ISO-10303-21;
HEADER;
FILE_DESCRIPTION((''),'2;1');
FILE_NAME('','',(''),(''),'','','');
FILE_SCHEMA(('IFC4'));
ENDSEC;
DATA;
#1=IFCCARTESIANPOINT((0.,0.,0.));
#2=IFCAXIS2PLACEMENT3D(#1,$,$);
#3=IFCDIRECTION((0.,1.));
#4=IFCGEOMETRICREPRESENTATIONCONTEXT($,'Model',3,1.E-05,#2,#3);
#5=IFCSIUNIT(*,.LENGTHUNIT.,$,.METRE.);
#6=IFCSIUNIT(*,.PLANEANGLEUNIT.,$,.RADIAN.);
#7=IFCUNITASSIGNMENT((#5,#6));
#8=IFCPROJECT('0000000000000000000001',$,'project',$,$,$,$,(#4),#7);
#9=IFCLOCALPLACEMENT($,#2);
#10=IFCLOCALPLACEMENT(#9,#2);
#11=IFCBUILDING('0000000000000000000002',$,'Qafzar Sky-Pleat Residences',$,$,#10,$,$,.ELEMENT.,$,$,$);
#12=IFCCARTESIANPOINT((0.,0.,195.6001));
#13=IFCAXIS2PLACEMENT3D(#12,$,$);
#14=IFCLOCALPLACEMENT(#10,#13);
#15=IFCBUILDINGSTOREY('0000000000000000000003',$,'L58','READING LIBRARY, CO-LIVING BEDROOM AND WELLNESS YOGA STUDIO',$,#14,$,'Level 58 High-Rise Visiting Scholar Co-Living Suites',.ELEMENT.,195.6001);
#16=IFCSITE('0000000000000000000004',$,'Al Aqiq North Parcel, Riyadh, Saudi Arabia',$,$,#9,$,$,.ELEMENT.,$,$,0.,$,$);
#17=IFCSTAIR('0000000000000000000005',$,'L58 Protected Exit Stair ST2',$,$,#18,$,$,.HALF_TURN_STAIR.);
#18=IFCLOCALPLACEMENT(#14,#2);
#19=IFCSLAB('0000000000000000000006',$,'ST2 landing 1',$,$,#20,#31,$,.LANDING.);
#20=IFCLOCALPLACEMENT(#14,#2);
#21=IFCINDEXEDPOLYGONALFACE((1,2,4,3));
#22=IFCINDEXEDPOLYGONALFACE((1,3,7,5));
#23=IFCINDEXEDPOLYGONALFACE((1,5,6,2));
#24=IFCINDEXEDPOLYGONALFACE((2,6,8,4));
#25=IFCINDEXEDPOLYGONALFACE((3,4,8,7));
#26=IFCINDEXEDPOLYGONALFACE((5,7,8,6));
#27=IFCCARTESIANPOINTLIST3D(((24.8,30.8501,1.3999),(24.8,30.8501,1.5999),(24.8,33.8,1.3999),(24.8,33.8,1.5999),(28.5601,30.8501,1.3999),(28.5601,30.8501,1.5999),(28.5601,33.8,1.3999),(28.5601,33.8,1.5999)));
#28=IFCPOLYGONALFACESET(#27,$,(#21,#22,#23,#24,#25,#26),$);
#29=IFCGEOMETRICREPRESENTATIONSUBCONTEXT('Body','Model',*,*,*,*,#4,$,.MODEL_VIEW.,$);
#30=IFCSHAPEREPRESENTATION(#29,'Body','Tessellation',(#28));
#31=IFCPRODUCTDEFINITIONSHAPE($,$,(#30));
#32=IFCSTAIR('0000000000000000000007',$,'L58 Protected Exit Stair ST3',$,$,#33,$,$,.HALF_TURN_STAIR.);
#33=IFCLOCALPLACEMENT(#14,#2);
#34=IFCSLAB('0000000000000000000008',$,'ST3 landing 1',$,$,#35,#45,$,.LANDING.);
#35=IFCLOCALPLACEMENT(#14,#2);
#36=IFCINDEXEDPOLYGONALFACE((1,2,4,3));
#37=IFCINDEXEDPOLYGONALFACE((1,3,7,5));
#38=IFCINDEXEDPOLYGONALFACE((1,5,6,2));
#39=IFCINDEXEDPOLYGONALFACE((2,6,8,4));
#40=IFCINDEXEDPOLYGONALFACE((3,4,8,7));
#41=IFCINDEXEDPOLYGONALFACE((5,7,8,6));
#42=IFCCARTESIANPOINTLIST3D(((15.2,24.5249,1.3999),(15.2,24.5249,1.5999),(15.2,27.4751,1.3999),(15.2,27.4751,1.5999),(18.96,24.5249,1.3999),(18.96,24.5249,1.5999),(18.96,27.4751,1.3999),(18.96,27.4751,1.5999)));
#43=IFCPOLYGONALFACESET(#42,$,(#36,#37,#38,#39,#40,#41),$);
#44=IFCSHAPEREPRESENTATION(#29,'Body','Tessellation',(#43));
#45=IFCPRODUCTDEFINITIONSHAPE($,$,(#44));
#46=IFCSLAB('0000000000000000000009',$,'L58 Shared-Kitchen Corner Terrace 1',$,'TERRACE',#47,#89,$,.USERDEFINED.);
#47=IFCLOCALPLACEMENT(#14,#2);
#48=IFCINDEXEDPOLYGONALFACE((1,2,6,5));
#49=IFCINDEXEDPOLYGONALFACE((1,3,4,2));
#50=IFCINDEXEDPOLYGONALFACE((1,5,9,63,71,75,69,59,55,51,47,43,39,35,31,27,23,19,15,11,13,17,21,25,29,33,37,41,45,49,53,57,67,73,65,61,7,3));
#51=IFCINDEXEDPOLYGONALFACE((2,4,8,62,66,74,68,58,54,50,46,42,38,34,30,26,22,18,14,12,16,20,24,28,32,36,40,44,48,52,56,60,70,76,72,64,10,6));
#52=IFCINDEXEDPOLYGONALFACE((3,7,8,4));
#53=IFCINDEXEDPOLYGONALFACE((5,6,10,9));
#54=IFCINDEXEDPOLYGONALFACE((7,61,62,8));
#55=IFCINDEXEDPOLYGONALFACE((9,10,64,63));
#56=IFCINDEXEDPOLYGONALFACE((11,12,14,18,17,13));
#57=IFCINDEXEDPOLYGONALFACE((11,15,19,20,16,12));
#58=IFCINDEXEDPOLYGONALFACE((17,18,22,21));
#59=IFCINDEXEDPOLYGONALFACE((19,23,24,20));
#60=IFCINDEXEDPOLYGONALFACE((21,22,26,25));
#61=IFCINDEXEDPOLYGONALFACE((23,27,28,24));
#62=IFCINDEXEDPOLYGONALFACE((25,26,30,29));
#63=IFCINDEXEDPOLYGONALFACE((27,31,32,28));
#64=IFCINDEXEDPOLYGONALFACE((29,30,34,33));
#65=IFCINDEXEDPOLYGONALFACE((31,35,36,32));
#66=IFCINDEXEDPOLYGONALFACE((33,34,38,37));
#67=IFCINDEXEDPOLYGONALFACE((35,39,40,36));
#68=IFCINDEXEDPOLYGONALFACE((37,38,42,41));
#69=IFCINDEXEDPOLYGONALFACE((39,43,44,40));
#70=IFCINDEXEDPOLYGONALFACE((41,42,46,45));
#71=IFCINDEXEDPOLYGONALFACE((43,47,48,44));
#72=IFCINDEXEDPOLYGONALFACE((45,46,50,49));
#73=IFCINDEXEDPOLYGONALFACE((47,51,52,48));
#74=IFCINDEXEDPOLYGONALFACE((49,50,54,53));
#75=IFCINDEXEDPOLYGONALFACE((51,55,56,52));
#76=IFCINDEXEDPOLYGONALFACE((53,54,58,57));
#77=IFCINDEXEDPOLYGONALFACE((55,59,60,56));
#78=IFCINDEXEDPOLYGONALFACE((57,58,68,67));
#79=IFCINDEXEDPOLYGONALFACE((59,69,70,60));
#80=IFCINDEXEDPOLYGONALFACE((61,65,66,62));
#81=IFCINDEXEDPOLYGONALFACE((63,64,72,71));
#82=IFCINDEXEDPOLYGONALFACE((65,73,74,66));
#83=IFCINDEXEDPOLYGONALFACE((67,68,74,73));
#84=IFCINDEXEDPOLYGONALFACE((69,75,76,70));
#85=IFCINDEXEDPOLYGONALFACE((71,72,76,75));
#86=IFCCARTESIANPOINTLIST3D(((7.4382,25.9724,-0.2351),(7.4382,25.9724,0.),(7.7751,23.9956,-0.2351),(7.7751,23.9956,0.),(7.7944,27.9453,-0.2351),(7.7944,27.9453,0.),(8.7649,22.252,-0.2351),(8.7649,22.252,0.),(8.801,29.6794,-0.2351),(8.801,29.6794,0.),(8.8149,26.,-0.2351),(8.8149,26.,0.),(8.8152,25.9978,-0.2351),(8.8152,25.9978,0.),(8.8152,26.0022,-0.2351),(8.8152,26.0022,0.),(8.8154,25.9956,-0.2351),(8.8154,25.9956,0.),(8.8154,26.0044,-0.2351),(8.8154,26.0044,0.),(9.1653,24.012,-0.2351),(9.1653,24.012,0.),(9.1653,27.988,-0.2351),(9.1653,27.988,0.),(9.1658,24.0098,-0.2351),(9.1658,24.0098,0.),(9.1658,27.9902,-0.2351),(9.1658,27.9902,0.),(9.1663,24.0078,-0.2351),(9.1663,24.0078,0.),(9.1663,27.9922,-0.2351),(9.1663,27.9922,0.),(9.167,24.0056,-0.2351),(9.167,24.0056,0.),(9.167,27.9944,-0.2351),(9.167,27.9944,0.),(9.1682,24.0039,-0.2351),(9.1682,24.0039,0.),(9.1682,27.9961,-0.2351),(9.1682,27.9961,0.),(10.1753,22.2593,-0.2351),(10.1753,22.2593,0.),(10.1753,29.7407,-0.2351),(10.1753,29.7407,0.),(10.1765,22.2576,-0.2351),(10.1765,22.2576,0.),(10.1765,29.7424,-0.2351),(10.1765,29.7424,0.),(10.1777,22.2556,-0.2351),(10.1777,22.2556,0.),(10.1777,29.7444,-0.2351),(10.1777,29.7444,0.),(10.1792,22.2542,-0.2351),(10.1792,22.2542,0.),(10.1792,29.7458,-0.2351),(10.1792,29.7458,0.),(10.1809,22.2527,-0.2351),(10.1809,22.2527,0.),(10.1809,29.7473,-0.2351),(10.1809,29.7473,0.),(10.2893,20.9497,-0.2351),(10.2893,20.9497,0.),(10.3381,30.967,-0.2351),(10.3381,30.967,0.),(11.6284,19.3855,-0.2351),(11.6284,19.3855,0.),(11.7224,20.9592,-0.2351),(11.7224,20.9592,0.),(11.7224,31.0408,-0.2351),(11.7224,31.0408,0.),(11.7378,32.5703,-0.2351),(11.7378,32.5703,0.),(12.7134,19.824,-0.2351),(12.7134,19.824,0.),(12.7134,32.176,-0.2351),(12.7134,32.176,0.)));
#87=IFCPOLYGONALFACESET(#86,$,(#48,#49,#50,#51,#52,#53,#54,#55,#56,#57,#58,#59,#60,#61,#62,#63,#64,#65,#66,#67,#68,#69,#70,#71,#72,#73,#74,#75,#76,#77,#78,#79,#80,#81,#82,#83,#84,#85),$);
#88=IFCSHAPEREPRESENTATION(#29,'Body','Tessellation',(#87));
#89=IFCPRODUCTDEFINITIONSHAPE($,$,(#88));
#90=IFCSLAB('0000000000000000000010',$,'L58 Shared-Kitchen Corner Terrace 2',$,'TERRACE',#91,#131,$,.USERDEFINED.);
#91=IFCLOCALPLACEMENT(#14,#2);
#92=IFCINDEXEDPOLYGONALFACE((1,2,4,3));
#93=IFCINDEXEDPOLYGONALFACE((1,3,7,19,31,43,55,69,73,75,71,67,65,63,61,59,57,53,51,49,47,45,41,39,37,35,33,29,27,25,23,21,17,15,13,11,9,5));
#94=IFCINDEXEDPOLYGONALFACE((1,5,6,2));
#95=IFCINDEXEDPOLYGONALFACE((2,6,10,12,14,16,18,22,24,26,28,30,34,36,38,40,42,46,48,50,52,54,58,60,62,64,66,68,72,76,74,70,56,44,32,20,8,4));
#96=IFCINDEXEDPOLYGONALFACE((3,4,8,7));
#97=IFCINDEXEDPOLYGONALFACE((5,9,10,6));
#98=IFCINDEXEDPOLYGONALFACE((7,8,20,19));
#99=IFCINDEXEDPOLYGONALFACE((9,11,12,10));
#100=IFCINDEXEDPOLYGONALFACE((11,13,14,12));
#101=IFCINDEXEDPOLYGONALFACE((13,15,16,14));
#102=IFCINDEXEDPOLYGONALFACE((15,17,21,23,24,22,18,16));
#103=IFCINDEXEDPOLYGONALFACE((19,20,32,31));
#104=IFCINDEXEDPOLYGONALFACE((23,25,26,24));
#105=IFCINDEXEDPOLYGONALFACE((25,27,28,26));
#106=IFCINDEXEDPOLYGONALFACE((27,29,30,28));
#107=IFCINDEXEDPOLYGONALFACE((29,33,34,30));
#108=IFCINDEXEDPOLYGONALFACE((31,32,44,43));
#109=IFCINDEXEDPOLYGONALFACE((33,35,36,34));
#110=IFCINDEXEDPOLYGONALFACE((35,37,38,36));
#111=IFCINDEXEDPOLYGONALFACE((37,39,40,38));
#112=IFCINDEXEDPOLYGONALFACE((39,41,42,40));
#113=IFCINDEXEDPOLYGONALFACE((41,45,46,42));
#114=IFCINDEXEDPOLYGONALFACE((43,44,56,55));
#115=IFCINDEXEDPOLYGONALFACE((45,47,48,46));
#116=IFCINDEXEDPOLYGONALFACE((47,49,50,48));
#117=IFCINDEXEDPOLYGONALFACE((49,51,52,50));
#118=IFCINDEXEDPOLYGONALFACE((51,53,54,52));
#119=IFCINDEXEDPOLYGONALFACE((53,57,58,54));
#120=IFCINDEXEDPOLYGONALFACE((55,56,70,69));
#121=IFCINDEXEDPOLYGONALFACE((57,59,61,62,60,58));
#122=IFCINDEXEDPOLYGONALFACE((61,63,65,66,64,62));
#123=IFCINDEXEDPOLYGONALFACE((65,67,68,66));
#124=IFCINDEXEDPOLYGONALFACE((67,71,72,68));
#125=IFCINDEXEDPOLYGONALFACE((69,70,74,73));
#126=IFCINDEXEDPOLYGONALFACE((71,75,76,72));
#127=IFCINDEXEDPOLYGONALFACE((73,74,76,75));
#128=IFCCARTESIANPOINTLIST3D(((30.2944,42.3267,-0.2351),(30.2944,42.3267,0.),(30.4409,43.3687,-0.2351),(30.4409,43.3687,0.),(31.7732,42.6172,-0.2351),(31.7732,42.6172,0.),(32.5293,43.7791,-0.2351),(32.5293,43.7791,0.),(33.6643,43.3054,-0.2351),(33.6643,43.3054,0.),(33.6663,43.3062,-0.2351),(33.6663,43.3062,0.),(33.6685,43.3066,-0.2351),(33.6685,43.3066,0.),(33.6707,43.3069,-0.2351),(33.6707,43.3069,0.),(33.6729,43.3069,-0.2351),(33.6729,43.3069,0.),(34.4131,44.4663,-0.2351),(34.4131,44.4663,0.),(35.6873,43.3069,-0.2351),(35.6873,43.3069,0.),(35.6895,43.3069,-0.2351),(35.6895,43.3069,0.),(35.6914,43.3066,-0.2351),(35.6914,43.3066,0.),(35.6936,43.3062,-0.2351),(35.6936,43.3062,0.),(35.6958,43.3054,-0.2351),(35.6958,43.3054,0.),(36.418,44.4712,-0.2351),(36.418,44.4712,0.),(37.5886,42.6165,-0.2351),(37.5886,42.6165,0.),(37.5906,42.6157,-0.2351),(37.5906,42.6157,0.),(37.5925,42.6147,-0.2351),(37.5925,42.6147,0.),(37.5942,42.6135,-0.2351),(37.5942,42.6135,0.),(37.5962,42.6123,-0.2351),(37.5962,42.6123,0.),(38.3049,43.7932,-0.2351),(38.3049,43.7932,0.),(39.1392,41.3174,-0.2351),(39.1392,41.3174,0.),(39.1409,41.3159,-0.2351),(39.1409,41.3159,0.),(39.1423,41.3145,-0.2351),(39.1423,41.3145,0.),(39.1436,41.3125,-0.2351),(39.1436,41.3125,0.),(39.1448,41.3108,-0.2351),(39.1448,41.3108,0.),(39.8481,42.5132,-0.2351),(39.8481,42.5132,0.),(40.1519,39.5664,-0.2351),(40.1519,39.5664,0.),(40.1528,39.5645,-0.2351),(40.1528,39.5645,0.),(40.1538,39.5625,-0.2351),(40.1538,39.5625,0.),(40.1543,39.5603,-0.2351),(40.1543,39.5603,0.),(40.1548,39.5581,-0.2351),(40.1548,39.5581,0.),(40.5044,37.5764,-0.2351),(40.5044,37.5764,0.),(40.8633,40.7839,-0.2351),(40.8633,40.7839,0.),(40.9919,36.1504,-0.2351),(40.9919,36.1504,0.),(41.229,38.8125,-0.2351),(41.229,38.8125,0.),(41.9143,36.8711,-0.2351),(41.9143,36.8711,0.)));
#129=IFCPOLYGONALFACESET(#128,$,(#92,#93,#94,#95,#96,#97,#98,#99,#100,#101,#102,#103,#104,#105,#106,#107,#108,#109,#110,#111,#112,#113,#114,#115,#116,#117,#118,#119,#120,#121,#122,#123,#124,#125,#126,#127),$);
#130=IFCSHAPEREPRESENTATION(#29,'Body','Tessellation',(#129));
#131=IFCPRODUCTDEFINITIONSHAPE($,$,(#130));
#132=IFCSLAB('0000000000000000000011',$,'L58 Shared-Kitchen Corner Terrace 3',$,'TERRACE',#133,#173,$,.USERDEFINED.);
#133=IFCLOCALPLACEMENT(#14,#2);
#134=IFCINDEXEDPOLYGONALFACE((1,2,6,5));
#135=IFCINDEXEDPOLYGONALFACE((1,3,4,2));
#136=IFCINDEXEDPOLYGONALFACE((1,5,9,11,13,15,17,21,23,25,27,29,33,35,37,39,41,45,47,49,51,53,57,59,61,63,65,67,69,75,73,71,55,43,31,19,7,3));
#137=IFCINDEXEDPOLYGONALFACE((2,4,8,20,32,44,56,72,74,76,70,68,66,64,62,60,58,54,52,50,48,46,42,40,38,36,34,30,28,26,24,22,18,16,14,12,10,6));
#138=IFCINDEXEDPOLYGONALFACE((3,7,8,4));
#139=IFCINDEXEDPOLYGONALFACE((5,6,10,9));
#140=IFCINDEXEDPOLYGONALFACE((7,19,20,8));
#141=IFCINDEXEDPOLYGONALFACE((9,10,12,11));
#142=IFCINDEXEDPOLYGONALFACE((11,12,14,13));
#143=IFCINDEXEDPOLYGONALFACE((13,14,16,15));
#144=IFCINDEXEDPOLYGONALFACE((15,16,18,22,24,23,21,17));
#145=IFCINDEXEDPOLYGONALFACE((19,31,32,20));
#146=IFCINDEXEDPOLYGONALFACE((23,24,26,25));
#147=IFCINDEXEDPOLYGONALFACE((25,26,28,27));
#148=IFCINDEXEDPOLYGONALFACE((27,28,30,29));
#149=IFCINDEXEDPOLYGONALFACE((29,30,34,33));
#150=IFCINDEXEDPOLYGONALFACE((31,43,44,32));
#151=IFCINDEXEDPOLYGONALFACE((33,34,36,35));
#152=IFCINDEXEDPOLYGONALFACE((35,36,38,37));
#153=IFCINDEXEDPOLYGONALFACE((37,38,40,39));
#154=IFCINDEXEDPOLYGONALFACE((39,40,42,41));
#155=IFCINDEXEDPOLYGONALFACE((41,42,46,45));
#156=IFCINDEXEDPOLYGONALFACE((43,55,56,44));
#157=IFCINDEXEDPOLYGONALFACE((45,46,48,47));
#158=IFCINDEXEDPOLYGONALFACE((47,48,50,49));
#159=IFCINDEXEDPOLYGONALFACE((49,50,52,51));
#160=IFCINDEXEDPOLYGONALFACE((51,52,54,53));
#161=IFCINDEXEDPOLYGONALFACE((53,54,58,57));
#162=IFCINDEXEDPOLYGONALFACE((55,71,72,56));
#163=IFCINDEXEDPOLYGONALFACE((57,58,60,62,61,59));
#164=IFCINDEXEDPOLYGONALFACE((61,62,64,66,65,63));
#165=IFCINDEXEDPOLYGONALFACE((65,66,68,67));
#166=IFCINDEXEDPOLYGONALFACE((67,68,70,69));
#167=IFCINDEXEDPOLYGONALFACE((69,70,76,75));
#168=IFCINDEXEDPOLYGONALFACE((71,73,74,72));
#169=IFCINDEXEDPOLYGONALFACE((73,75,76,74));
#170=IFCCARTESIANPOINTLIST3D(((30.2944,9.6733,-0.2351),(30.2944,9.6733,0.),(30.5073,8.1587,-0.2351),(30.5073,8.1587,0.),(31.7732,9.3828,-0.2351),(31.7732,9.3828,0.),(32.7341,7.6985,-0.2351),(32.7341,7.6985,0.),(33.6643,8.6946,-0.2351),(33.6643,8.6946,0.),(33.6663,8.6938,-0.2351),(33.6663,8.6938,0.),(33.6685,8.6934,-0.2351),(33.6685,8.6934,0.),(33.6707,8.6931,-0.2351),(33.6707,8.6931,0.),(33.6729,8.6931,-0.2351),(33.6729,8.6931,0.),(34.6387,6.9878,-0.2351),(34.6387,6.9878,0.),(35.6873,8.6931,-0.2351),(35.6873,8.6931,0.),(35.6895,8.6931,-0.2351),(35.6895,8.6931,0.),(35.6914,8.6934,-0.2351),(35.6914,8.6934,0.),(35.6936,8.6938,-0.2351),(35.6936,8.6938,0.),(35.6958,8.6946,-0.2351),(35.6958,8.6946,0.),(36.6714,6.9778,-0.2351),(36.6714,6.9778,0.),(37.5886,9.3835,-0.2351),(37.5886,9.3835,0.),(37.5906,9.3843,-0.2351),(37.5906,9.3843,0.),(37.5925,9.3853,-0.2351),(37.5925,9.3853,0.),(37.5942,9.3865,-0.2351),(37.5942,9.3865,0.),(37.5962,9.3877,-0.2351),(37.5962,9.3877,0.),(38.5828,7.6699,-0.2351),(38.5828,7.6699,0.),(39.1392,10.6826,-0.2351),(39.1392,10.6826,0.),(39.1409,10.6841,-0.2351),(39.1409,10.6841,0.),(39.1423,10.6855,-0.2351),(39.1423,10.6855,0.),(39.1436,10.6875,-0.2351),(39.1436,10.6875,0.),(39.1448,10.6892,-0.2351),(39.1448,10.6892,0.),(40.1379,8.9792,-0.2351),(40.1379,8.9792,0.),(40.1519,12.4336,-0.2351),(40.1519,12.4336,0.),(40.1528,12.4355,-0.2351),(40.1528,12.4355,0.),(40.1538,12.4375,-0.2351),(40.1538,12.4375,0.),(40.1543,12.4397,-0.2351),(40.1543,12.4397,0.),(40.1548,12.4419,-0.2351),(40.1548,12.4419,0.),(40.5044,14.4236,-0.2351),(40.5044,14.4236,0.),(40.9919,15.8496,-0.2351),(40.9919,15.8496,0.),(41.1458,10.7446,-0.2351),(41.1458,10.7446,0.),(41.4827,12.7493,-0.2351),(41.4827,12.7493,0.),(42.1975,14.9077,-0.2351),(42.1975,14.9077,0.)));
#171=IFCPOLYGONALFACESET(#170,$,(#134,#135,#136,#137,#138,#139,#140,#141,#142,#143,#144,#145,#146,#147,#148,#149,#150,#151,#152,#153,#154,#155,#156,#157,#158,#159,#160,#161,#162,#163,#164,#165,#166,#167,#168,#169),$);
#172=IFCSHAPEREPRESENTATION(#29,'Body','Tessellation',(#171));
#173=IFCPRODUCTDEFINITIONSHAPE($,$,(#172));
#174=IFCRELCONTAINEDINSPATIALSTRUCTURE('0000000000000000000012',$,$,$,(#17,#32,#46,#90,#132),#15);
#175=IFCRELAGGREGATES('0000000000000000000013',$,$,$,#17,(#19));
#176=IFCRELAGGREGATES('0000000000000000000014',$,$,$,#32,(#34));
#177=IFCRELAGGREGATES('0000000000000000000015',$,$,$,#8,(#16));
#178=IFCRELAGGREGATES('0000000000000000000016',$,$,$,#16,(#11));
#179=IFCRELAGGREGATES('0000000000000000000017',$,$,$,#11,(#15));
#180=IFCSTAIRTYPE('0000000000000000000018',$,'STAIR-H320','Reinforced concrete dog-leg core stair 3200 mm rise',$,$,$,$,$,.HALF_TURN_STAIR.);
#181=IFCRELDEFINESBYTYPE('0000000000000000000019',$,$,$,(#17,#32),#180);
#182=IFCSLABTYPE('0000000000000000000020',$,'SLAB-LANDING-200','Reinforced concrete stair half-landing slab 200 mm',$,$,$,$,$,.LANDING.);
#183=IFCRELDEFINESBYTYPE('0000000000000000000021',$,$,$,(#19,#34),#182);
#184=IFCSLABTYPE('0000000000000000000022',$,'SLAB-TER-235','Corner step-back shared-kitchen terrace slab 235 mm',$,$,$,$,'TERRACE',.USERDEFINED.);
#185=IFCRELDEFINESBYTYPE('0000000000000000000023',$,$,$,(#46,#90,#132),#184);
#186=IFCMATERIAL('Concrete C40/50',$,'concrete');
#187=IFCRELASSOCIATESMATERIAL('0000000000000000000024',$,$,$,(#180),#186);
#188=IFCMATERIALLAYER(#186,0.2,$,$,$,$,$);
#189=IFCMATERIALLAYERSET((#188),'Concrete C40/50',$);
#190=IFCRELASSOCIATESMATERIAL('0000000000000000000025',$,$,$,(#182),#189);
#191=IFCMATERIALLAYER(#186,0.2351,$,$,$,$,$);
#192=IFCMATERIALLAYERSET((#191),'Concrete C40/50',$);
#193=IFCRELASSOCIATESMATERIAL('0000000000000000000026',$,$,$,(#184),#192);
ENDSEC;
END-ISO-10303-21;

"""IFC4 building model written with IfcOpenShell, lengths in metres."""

from ifc_helpers import new_model, si_unit, direction, frame, origin, place, context, subcontext, project, spatial, polyline, outline, extrude, material, layer, layer_set, type_object, element, aggregate, save


model = new_model("IFC4")

# Units and contexts
model_context = context("Model", 3, precision=1e-05, world=origin(), true_north=direction((0.0, 1.0)))
body_context = subcontext(model_context, "Body", "Model", "MODEL_VIEW")
ifc_project = project(units=[si_unit("LENGTHUNIT", "METRE"), si_unit("PLANEANGLEUNIT", "RADIAN")], contexts=[model_context])

# Site, building, storey
site_placement = place(None, origin())
site = spatial("IfcSite", under=ifc_project, at=site_placement, Name="Al Aqiq North Parcel, Riyadh, Saudi Arabia", CompositionType="ELEMENT", RefElevation=0.0)
building_placement = place(site_placement, origin())
building = spatial("IfcBuilding", under=site, at=building_placement, Name="Qafzar Sky-Pleat Residences", CompositionType="ELEMENT")
storey_placement = place(building_placement, frame((0.0, 0.0, 195.6001)))
storey = spatial("IfcBuildingStorey", under=building, at=storey_placement, Name="L58", Description="READING LIBRARY, CO-LIVING BEDROOM AND WELLNESS YOGA STUDIO", LongName="Level 58 High-Rise Visiting Scholar Co-Living Suites", CompositionType="ELEMENT", Elevation=195.6001)

# Shared definitions
ifc_material_1 = material(Name="Concrete C40/50", Category="concrete")

# Stairs, slabs
stair_type = type_object("IfcStairType", Name="STAIR-H320", Description="Reinforced concrete dog-leg core stair 3200 mm rise", PredefinedType="HALF_TURN_STAIR", material=ifc_material_1)
ifc_layer_1 = layer(ifc_material_1, 0.2)
ifc_layer_set_1 = layer_set([ifc_layer_1], Name="Concrete C40/50")
slab_type_1 = type_object("IfcSlabType", Name="SLAB-LANDING-200", Description="Reinforced concrete stair half-landing slab 200 mm", PredefinedType="LANDING", material=ifc_layer_set_1)
stair_1_placement = place(storey_placement, origin())
stair_1 = element("IfcStair", 1, at=stair_1_placement, inside=storey, type_object=stair_type, Name="L58 Protected Exit Stair ST2", PredefinedType="HALF_TURN_STAIR")
slab_1_placement = place(storey_placement, frame((0.0, 0.0, 1.3999)))
slab_1 = element("IfcSlab", 2, at=slab_1_placement, type_object=slab_type_1, Name="ST2 landing 1", PredefinedType="LANDING", context=body_context, shape_type="SweptSolid", body=[
    extrude(outline(polyline([(28.5601, 33.8), (24.8, 33.8), (24.8, 30.8501), (28.5601, 30.8501), (28.5601, 33.8)])), origin(), (0.0, 0.0, 1.0), 0.2),
])
aggregate(stair_1, [slab_1])
stair_2_placement = place(storey_placement, origin())
stair_2 = element("IfcStair", 3, at=stair_2_placement, inside=storey, type_object=stair_type, Name="L58 Protected Exit Stair ST3", PredefinedType="HALF_TURN_STAIR")
slab_2_placement = place(storey_placement, frame((0.0, 0.0, 1.3999)))
slab_2 = element("IfcSlab", 4, at=slab_2_placement, type_object=slab_type_1, Name="ST3 landing 1", PredefinedType="LANDING", context=body_context, shape_type="SweptSolid", body=[
    extrude(outline(polyline([(18.96, 27.4751), (15.2, 27.4751), (15.2, 24.5249), (18.96, 24.5249), (18.96, 27.4751)])), origin(), (0.0, 0.0, 1.0), 0.2),
])
aggregate(stair_2, [slab_2])

# Slabs
ifc_layer_2 = layer(ifc_material_1, 0.2351)
ifc_layer_set_2 = layer_set([ifc_layer_2], Name="Concrete C40/50")
slab_type_2 = type_object("IfcSlabType", Name="SLAB-TER-235", Description="Corner step-back shared-kitchen terrace slab 235 mm", ElementType="TERRACE", PredefinedType="USERDEFINED", material=ifc_layer_set_2)
slab_3_placement = place(storey_placement, frame((0.0, 0.0, -0.2351)))
element("IfcSlab", 5, at=slab_3_placement, inside=storey, type_object=slab_type_2, Name="L58 Shared-Kitchen Corner Terrace 1", ObjectType="TERRACE", PredefinedType="USERDEFINED", context=body_context, shape_type="SweptSolid", body=[
    extrude(outline(polyline([(11.7224, 31.0408), (10.1809, 29.7473), (10.1792, 29.7458), (10.1777, 29.7444), (10.1765, 29.7424), (10.1753, 29.7407), (9.1682, 27.9961), (9.167, 27.9944), (9.1663, 27.9922), (9.1658, 27.9902), (9.1653, 27.988), (8.8154, 26.0044), (8.8152, 26.0022), (8.8149, 26.0), (8.8152, 25.9978), (8.8154, 25.9956), (9.1653, 24.012), (9.1658, 24.0098), (9.1663, 24.0078), (9.167, 24.0056), (9.1682, 24.0039), (10.1753, 22.2593), (10.1765, 22.2576), (10.1777, 22.2556), (10.1792, 22.2542), (10.1809, 22.2527), (11.7224, 20.9592), (12.7134, 19.824), (11.6284, 19.3855), (10.2893, 20.9497), (8.7649, 22.252), (7.7751, 23.9956), (7.4382, 25.9724), (7.7944, 27.9453), (8.801, 29.6794), (10.3381, 30.967), (11.7378, 32.5703), (12.7134, 32.176), (11.7224, 31.0408)])), origin(), (0.0, 0.0, 1.0), 0.2351),
])
slab_4_placement = place(storey_placement, frame((0.0, 0.0, -0.2351)))
element("IfcSlab", 6, at=slab_4_placement, inside=storey, type_object=slab_type_2, Name="L58 Shared-Kitchen Corner Terrace 2", ObjectType="TERRACE", PredefinedType="USERDEFINED", context=body_context, shape_type="SweptSolid", body=[
    extrude(outline(polyline([(32.5293, 43.7791), (34.4131, 44.4663), (36.418, 44.4712), (38.3049, 43.7932), (39.8481, 42.5132), (40.8633, 40.7839), (41.229, 38.8125), (41.9143, 36.8711), (40.9919, 36.1504), (40.5044, 37.5764), (40.1548, 39.5581), (40.1543, 39.5603), (40.1538, 39.5625), (40.1528, 39.5645), (40.1519, 39.5664), (39.1448, 41.3108), (39.1436, 41.3125), (39.1423, 41.3145), (39.1409, 41.3159), (39.1392, 41.3174), (37.5962, 42.6123), (37.5942, 42.6135), (37.5925, 42.6147), (37.5906, 42.6157), (37.5886, 42.6165), (35.6958, 43.3054), (35.6936, 43.3062), (35.6914, 43.3066), (35.6895, 43.3069), (35.6873, 43.3069), (33.6729, 43.3069), (33.6707, 43.3069), (33.6685, 43.3066), (33.6663, 43.3062), (33.6643, 43.3054), (31.7732, 42.6172), (30.2944, 42.3267), (30.4409, 43.3687), (32.5293, 43.7791)])), origin(), (0.0, 0.0, 1.0), 0.2351),
])
slab_5_placement = place(storey_placement, frame((0.0, 0.0, -0.2351)))
element("IfcSlab", 7, at=slab_5_placement, inside=storey, type_object=slab_type_2, Name="L58 Shared-Kitchen Corner Terrace 3", ObjectType="TERRACE", PredefinedType="USERDEFINED", context=body_context, shape_type="SweptSolid", body=[
    extrude(outline(polyline([(41.4827, 12.7493), (41.1458, 10.7446), (40.1379, 8.9792), (38.5828, 7.6699), (36.6714, 6.9778), (34.6387, 6.9878), (32.7341, 7.6985), (30.5073, 8.1587), (30.2944, 9.6733), (31.7732, 9.3828), (33.6643, 8.6946), (33.6663, 8.6938), (33.6685, 8.6934), (33.6707, 8.6931), (33.6729, 8.6931), (35.6873, 8.6931), (35.6895, 8.6931), (35.6914, 8.6934), (35.6936, 8.6938), (35.6958, 8.6946), (37.5886, 9.3835), (37.5906, 9.3843), (37.5925, 9.3853), (37.5942, 9.3865), (37.5962, 9.3877), (39.1392, 10.6826), (39.1409, 10.6841), (39.1423, 10.6855), (39.1436, 10.6875), (39.1448, 10.6892), (40.1519, 12.4336), (40.1528, 12.4355), (40.1538, 12.4375), (40.1543, 12.4397), (40.1548, 12.4419), (40.5044, 14.4236), (40.9919, 15.8496), (42.1975, 14.9077), (41.4827, 12.7493)])), origin(), (0.0, 0.0, 1.0), 0.2351),
])

save(model, "model.ifc")
